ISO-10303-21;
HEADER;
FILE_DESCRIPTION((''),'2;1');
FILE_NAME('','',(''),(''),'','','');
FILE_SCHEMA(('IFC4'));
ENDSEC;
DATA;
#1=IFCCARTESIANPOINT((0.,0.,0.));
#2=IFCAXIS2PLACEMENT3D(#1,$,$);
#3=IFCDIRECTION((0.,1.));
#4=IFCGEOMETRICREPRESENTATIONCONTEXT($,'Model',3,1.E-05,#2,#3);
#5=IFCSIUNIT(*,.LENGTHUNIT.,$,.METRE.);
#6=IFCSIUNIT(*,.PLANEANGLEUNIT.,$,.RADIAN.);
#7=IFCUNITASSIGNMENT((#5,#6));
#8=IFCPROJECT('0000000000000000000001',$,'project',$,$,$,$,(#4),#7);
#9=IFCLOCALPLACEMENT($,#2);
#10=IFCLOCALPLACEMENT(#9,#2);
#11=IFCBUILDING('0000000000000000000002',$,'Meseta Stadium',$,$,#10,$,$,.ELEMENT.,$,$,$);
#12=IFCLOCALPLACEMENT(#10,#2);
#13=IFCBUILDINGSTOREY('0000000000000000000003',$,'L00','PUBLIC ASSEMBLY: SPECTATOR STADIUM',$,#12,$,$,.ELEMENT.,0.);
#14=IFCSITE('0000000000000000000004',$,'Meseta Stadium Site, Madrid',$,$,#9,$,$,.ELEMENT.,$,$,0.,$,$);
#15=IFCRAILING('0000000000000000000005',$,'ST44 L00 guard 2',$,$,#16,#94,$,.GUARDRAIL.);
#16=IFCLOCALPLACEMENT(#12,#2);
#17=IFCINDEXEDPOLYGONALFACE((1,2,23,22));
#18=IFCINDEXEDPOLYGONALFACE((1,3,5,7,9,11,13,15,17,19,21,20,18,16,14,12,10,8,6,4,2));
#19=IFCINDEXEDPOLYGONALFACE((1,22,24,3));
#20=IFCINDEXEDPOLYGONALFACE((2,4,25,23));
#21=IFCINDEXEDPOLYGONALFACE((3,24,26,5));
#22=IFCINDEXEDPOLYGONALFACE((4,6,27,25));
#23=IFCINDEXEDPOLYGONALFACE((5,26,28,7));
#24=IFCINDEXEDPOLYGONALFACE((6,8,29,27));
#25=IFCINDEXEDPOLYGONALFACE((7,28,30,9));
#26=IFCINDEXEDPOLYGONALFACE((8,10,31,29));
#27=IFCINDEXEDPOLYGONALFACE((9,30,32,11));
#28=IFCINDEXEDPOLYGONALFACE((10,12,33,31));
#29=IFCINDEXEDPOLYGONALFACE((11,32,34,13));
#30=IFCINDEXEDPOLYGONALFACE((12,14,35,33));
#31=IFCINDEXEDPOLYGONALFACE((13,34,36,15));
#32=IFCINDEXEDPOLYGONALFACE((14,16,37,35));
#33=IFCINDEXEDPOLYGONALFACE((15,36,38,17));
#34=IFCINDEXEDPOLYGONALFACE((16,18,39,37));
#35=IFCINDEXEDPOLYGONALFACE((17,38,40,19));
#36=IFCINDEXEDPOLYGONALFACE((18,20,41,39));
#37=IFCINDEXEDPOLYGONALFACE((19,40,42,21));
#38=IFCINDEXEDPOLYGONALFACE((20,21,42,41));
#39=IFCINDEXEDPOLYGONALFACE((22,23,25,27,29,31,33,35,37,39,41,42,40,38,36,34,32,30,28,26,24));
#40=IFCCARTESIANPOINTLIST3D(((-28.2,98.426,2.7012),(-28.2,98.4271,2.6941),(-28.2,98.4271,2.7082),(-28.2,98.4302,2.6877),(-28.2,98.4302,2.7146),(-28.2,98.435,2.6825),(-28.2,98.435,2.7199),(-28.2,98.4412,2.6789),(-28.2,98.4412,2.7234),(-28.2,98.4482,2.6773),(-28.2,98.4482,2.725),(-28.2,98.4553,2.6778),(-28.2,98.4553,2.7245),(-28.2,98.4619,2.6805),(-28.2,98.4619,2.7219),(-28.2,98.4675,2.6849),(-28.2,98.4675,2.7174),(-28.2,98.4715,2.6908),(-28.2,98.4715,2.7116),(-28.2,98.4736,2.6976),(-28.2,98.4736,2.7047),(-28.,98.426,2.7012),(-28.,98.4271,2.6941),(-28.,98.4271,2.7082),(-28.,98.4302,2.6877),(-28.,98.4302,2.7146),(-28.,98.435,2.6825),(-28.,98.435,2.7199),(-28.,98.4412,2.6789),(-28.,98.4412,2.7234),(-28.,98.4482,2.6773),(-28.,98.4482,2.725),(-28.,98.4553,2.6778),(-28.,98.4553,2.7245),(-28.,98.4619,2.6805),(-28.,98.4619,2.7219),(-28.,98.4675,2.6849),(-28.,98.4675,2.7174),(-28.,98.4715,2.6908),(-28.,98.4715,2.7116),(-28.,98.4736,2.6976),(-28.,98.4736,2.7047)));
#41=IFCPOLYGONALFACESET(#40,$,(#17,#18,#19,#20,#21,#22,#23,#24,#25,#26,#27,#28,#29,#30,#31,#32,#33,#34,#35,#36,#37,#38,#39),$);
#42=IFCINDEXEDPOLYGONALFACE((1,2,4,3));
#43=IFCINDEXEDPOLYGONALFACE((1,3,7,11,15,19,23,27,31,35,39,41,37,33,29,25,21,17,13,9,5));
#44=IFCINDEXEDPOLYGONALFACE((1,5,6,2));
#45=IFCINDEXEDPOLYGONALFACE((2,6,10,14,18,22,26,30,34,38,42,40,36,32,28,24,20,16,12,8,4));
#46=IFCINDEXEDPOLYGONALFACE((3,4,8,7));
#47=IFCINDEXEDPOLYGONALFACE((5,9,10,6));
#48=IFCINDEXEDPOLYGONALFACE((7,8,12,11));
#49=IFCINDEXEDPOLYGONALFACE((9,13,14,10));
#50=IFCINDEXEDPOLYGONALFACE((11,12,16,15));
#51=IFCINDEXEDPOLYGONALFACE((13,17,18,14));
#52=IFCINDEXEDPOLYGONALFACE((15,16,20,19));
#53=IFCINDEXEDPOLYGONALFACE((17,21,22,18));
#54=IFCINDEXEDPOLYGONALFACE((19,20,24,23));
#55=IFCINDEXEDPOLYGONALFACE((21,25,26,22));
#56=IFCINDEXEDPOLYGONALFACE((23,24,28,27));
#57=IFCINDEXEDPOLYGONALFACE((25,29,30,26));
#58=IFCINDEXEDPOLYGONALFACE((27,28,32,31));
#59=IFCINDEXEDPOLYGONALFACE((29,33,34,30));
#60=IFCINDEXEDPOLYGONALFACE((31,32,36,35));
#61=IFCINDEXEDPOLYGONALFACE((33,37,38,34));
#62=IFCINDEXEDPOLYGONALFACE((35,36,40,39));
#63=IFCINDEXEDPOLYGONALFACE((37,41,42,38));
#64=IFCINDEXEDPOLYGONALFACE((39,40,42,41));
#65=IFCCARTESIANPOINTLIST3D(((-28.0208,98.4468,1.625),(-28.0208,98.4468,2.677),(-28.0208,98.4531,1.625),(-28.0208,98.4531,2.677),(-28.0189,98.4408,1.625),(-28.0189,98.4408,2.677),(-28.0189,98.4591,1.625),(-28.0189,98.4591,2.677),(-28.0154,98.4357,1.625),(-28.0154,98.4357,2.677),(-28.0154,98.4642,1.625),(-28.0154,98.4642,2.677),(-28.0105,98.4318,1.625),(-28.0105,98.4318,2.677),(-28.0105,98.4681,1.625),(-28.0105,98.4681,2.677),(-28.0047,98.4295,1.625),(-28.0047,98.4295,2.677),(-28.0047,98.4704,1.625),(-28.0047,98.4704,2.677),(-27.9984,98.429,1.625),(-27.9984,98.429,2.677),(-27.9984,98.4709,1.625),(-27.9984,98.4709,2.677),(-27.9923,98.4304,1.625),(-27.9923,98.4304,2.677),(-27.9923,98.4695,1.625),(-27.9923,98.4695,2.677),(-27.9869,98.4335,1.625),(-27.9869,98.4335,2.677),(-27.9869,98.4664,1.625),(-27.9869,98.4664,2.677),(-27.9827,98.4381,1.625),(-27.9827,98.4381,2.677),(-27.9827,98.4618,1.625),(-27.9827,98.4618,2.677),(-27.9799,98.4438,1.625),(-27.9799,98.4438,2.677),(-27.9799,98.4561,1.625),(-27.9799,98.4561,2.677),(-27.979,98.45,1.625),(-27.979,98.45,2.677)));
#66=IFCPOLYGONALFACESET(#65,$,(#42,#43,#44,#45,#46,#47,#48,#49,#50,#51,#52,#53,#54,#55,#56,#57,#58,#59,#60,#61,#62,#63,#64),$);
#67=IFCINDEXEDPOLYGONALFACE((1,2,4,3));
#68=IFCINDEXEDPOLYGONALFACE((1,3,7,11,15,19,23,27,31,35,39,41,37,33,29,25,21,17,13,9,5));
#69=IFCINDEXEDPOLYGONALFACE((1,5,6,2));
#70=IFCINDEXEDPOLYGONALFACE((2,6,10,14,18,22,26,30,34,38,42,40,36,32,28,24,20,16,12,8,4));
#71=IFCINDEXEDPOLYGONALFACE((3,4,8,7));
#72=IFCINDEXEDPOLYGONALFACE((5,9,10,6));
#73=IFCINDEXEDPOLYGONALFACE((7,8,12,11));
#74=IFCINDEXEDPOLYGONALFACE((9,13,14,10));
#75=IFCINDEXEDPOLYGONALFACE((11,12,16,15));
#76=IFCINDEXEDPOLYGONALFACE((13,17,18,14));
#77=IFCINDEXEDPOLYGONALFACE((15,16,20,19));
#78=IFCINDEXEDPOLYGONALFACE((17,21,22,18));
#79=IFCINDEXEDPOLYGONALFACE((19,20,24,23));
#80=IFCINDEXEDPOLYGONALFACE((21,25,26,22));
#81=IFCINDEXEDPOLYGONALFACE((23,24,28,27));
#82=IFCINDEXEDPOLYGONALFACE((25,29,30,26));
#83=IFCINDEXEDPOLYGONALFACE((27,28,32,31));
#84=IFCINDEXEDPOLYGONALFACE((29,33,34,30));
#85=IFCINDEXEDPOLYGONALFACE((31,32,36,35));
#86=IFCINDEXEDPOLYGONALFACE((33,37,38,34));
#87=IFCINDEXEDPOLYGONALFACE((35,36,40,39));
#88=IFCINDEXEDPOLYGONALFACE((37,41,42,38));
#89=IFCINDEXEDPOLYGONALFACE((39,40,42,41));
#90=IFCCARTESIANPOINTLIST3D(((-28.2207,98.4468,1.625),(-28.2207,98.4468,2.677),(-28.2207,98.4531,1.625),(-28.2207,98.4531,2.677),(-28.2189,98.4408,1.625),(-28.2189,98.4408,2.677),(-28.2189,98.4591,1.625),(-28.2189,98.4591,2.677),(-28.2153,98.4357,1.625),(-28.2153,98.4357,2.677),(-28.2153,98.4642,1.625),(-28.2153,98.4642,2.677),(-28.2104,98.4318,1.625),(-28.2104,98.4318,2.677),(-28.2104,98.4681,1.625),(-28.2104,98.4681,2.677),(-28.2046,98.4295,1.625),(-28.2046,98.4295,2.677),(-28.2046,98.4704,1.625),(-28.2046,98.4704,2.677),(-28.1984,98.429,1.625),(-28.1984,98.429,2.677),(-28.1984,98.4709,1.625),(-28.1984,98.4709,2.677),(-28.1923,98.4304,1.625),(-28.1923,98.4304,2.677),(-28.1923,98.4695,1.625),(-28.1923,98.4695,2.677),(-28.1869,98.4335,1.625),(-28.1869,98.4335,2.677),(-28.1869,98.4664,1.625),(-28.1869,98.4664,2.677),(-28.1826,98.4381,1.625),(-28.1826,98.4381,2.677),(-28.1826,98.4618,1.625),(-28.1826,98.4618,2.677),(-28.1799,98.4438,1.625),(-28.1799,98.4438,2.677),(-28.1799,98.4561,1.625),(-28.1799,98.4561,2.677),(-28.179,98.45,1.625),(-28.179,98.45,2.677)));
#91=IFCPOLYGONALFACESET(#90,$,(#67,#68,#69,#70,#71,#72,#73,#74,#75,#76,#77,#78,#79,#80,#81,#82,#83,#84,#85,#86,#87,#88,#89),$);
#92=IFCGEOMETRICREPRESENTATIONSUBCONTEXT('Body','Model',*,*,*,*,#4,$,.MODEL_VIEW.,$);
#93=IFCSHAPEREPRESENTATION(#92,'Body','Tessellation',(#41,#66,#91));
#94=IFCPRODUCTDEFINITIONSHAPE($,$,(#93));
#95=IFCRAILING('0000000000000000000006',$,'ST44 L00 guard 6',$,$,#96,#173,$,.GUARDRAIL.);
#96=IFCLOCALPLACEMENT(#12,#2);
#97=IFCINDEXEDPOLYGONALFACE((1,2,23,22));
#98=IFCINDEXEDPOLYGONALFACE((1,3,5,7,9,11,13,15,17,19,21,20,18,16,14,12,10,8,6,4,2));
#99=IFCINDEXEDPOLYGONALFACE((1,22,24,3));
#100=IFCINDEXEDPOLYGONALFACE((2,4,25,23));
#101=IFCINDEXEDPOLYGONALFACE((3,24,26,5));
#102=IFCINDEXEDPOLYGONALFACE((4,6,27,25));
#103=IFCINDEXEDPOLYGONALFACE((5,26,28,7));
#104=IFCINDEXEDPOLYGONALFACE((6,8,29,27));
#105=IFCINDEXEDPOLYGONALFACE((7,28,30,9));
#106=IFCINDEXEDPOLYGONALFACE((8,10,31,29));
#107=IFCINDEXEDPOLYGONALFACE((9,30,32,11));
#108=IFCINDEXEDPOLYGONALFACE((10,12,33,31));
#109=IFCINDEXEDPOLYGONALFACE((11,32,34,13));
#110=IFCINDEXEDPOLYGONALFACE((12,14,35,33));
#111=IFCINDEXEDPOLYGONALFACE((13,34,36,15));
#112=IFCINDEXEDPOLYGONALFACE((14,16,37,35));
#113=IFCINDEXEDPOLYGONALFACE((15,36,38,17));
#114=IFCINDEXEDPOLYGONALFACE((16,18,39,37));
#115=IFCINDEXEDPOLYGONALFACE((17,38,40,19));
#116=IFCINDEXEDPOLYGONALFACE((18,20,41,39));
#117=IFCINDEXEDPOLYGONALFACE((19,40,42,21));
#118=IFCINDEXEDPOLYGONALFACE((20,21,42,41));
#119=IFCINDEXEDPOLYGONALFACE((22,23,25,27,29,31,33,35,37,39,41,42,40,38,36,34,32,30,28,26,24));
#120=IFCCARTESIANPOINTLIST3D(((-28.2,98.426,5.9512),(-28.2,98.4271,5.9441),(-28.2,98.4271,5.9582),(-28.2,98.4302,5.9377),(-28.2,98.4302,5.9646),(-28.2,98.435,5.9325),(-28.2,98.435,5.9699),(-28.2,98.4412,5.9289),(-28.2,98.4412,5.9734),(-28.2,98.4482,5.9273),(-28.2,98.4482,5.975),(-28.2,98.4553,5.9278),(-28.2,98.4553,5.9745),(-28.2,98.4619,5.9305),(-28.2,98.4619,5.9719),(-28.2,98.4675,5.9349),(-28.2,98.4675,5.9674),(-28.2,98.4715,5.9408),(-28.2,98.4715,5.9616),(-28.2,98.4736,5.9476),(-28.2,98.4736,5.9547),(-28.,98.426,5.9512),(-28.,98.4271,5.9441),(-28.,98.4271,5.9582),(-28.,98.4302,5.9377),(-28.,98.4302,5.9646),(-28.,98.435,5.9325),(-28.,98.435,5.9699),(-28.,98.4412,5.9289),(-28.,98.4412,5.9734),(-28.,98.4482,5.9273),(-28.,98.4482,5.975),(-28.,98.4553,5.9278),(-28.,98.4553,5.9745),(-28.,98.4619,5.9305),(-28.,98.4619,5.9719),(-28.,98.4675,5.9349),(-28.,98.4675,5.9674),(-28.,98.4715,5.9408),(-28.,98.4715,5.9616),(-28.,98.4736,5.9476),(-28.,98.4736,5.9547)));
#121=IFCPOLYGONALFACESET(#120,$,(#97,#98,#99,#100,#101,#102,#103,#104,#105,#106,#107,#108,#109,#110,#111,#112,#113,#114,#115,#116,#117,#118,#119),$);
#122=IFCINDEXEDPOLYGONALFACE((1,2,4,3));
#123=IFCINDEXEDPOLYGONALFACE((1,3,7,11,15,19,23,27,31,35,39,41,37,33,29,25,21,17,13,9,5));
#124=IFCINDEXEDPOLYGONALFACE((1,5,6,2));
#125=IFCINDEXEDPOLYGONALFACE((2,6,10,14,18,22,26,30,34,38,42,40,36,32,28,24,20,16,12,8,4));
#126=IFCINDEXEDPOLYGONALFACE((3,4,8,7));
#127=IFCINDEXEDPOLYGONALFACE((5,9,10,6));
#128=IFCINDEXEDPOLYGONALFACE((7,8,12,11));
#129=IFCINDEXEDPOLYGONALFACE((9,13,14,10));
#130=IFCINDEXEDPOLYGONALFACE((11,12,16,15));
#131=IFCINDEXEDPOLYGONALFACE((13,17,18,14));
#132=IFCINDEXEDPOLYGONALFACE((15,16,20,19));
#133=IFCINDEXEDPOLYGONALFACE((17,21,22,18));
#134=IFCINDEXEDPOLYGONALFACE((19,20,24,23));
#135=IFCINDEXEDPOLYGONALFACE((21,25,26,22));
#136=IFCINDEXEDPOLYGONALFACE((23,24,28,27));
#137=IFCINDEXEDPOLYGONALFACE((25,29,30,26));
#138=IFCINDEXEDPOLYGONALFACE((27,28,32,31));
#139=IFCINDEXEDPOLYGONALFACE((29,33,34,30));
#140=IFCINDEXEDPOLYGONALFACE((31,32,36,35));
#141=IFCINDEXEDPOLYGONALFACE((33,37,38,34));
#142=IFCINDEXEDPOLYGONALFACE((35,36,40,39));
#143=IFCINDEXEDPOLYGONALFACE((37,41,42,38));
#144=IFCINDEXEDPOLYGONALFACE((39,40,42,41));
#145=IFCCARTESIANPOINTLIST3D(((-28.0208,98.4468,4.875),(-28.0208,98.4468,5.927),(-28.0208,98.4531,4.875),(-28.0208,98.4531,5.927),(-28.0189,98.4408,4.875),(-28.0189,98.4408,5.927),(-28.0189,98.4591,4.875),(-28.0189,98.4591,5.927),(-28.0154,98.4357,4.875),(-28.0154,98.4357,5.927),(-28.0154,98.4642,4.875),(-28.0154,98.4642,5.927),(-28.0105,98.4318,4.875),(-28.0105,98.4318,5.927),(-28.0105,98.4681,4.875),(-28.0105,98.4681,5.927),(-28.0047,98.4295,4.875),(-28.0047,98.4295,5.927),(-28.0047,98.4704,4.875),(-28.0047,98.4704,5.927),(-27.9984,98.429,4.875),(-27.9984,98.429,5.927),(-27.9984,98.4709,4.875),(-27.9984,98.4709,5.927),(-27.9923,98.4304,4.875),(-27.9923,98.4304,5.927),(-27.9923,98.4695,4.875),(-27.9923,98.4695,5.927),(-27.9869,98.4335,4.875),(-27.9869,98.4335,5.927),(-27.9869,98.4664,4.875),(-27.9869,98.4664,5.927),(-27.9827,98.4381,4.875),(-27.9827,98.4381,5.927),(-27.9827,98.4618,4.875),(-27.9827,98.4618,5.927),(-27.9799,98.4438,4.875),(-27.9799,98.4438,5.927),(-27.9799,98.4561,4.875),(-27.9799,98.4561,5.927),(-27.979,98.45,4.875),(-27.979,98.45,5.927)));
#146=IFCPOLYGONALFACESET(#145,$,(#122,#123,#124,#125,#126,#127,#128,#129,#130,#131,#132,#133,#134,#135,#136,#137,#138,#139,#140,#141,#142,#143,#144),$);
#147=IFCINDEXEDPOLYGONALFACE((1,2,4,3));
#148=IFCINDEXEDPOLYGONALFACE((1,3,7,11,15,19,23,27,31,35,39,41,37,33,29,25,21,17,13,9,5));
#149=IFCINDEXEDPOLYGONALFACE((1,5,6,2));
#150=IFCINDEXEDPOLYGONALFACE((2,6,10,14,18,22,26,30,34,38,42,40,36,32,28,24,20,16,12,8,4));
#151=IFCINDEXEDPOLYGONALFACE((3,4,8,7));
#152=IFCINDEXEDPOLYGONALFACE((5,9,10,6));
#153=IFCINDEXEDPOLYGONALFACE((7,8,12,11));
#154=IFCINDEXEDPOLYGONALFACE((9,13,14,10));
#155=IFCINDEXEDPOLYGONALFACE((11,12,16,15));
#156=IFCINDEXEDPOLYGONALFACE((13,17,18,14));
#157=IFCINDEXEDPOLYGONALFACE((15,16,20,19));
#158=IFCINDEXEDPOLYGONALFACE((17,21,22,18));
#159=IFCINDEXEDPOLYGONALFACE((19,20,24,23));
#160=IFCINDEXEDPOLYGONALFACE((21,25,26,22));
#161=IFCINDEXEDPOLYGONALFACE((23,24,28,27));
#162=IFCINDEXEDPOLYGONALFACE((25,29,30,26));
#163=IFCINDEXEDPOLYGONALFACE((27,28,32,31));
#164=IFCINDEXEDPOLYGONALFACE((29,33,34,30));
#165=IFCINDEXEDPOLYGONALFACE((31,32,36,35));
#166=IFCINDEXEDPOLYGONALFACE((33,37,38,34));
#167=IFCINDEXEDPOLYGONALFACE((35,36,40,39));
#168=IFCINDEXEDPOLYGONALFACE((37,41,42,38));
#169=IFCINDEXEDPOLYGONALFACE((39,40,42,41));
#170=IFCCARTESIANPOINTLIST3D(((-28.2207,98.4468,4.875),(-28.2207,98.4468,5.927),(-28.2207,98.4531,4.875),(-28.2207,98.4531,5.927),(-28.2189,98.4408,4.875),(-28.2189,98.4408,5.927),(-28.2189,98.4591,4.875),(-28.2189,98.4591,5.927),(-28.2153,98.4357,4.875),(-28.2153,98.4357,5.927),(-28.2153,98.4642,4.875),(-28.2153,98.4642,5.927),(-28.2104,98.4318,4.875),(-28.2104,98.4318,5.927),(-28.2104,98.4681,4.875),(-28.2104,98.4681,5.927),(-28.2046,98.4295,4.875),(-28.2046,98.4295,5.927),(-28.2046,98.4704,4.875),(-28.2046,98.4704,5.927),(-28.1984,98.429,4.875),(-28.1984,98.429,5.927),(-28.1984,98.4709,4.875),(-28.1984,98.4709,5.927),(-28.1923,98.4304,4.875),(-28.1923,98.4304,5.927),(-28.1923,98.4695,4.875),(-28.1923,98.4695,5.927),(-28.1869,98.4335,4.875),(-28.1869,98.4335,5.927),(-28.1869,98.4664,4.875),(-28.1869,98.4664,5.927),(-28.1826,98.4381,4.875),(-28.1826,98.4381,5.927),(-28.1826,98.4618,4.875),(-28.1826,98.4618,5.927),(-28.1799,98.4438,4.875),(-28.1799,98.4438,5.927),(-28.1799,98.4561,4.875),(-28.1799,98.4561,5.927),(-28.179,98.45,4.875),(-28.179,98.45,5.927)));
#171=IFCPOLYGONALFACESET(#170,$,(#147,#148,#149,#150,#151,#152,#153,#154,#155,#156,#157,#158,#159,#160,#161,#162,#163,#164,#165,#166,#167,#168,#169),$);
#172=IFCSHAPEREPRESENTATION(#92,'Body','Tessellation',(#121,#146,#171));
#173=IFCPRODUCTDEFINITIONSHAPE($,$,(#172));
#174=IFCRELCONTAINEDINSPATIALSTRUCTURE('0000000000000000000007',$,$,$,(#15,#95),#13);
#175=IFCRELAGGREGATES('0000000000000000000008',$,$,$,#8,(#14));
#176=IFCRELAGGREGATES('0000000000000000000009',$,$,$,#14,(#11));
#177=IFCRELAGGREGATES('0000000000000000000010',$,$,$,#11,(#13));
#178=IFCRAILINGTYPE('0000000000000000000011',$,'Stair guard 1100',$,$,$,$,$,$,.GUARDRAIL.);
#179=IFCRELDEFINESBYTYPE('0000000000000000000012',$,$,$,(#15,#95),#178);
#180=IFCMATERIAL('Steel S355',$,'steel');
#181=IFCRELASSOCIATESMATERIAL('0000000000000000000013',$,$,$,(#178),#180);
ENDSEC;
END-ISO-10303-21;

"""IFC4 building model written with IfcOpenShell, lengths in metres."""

from ifc_helpers import new_model, si_unit, direction, frame, origin, origin_2d, place, context, subcontext, project, spatial, circle, extrude, material, type_object, element, save


model = new_model("IFC4")

# Units and contexts
model_context = context("Model", 3, precision=1e-05, world=origin(), true_north=direction((0.0, 1.0)))
body_context = subcontext(model_context, "Body", "Model", "MODEL_VIEW")
ifc_project = project(units=[si_unit("LENGTHUNIT", "METRE"), si_unit("PLANEANGLEUNIT", "RADIAN")], contexts=[model_context])

# Site, building, storey
site_placement = place(None, origin())
site = spatial("IfcSite", under=ifc_project, at=site_placement, Name="Meseta Stadium Site, Madrid", CompositionType="ELEMENT", RefElevation=0.0)
building_placement = place(site_placement, origin())
building = spatial("IfcBuilding", under=site, at=building_placement, Name="Meseta Stadium", CompositionType="ELEMENT")
storey_placement = place(building_placement, origin())
storey = spatial("IfcBuildingStorey", under=building, at=storey_placement, Name="L00", Description="PUBLIC ASSEMBLY: SPECTATOR STADIUM", CompositionType="ELEMENT", Elevation=0.0)

# Railings
ifc_material_1 = material(Name="Steel S355", Category="steel")
railing_type_1 = type_object("IfcRailingType", Name="Stair guard 1100", PredefinedType="GUARDRAIL", material=ifc_material_1)
for number, where, name in (
    (1, (-28.0, 98.45, 1.625), "ST44 L00 guard 2"),
    (2, (-28.0, 98.45, 4.875), "ST44 L00 guard 6"),
):
    element("IfcRailing", number, at=place(storey_placement, frame(where)), inside=storey, type_object=railing_type_1, Name=name, PredefinedType="GUARDRAIL", context=body_context, shape_type="SweptSolid", body=[
        extrude(circle(Radius=0.0239, at=origin_2d()), frame((0.0, 0.0, 1.0762), z_axis=(-1.0, 0.0, 0.0), x_axis=(0.0, -1.0, 0.0)), (0.0, 0.0, 1.0), 0.2),
        extrude(circle(Radius=0.021, at=origin_2d()), origin(), (0.0, 0.0, 1.0), 1.052),
        extrude(circle(Radius=0.021, at=origin_2d()), frame((-0.2, 0.0, 0.0)), (0.0, 0.0, 1.0), 1.052),
    ])

save(model, "model.ifc")
